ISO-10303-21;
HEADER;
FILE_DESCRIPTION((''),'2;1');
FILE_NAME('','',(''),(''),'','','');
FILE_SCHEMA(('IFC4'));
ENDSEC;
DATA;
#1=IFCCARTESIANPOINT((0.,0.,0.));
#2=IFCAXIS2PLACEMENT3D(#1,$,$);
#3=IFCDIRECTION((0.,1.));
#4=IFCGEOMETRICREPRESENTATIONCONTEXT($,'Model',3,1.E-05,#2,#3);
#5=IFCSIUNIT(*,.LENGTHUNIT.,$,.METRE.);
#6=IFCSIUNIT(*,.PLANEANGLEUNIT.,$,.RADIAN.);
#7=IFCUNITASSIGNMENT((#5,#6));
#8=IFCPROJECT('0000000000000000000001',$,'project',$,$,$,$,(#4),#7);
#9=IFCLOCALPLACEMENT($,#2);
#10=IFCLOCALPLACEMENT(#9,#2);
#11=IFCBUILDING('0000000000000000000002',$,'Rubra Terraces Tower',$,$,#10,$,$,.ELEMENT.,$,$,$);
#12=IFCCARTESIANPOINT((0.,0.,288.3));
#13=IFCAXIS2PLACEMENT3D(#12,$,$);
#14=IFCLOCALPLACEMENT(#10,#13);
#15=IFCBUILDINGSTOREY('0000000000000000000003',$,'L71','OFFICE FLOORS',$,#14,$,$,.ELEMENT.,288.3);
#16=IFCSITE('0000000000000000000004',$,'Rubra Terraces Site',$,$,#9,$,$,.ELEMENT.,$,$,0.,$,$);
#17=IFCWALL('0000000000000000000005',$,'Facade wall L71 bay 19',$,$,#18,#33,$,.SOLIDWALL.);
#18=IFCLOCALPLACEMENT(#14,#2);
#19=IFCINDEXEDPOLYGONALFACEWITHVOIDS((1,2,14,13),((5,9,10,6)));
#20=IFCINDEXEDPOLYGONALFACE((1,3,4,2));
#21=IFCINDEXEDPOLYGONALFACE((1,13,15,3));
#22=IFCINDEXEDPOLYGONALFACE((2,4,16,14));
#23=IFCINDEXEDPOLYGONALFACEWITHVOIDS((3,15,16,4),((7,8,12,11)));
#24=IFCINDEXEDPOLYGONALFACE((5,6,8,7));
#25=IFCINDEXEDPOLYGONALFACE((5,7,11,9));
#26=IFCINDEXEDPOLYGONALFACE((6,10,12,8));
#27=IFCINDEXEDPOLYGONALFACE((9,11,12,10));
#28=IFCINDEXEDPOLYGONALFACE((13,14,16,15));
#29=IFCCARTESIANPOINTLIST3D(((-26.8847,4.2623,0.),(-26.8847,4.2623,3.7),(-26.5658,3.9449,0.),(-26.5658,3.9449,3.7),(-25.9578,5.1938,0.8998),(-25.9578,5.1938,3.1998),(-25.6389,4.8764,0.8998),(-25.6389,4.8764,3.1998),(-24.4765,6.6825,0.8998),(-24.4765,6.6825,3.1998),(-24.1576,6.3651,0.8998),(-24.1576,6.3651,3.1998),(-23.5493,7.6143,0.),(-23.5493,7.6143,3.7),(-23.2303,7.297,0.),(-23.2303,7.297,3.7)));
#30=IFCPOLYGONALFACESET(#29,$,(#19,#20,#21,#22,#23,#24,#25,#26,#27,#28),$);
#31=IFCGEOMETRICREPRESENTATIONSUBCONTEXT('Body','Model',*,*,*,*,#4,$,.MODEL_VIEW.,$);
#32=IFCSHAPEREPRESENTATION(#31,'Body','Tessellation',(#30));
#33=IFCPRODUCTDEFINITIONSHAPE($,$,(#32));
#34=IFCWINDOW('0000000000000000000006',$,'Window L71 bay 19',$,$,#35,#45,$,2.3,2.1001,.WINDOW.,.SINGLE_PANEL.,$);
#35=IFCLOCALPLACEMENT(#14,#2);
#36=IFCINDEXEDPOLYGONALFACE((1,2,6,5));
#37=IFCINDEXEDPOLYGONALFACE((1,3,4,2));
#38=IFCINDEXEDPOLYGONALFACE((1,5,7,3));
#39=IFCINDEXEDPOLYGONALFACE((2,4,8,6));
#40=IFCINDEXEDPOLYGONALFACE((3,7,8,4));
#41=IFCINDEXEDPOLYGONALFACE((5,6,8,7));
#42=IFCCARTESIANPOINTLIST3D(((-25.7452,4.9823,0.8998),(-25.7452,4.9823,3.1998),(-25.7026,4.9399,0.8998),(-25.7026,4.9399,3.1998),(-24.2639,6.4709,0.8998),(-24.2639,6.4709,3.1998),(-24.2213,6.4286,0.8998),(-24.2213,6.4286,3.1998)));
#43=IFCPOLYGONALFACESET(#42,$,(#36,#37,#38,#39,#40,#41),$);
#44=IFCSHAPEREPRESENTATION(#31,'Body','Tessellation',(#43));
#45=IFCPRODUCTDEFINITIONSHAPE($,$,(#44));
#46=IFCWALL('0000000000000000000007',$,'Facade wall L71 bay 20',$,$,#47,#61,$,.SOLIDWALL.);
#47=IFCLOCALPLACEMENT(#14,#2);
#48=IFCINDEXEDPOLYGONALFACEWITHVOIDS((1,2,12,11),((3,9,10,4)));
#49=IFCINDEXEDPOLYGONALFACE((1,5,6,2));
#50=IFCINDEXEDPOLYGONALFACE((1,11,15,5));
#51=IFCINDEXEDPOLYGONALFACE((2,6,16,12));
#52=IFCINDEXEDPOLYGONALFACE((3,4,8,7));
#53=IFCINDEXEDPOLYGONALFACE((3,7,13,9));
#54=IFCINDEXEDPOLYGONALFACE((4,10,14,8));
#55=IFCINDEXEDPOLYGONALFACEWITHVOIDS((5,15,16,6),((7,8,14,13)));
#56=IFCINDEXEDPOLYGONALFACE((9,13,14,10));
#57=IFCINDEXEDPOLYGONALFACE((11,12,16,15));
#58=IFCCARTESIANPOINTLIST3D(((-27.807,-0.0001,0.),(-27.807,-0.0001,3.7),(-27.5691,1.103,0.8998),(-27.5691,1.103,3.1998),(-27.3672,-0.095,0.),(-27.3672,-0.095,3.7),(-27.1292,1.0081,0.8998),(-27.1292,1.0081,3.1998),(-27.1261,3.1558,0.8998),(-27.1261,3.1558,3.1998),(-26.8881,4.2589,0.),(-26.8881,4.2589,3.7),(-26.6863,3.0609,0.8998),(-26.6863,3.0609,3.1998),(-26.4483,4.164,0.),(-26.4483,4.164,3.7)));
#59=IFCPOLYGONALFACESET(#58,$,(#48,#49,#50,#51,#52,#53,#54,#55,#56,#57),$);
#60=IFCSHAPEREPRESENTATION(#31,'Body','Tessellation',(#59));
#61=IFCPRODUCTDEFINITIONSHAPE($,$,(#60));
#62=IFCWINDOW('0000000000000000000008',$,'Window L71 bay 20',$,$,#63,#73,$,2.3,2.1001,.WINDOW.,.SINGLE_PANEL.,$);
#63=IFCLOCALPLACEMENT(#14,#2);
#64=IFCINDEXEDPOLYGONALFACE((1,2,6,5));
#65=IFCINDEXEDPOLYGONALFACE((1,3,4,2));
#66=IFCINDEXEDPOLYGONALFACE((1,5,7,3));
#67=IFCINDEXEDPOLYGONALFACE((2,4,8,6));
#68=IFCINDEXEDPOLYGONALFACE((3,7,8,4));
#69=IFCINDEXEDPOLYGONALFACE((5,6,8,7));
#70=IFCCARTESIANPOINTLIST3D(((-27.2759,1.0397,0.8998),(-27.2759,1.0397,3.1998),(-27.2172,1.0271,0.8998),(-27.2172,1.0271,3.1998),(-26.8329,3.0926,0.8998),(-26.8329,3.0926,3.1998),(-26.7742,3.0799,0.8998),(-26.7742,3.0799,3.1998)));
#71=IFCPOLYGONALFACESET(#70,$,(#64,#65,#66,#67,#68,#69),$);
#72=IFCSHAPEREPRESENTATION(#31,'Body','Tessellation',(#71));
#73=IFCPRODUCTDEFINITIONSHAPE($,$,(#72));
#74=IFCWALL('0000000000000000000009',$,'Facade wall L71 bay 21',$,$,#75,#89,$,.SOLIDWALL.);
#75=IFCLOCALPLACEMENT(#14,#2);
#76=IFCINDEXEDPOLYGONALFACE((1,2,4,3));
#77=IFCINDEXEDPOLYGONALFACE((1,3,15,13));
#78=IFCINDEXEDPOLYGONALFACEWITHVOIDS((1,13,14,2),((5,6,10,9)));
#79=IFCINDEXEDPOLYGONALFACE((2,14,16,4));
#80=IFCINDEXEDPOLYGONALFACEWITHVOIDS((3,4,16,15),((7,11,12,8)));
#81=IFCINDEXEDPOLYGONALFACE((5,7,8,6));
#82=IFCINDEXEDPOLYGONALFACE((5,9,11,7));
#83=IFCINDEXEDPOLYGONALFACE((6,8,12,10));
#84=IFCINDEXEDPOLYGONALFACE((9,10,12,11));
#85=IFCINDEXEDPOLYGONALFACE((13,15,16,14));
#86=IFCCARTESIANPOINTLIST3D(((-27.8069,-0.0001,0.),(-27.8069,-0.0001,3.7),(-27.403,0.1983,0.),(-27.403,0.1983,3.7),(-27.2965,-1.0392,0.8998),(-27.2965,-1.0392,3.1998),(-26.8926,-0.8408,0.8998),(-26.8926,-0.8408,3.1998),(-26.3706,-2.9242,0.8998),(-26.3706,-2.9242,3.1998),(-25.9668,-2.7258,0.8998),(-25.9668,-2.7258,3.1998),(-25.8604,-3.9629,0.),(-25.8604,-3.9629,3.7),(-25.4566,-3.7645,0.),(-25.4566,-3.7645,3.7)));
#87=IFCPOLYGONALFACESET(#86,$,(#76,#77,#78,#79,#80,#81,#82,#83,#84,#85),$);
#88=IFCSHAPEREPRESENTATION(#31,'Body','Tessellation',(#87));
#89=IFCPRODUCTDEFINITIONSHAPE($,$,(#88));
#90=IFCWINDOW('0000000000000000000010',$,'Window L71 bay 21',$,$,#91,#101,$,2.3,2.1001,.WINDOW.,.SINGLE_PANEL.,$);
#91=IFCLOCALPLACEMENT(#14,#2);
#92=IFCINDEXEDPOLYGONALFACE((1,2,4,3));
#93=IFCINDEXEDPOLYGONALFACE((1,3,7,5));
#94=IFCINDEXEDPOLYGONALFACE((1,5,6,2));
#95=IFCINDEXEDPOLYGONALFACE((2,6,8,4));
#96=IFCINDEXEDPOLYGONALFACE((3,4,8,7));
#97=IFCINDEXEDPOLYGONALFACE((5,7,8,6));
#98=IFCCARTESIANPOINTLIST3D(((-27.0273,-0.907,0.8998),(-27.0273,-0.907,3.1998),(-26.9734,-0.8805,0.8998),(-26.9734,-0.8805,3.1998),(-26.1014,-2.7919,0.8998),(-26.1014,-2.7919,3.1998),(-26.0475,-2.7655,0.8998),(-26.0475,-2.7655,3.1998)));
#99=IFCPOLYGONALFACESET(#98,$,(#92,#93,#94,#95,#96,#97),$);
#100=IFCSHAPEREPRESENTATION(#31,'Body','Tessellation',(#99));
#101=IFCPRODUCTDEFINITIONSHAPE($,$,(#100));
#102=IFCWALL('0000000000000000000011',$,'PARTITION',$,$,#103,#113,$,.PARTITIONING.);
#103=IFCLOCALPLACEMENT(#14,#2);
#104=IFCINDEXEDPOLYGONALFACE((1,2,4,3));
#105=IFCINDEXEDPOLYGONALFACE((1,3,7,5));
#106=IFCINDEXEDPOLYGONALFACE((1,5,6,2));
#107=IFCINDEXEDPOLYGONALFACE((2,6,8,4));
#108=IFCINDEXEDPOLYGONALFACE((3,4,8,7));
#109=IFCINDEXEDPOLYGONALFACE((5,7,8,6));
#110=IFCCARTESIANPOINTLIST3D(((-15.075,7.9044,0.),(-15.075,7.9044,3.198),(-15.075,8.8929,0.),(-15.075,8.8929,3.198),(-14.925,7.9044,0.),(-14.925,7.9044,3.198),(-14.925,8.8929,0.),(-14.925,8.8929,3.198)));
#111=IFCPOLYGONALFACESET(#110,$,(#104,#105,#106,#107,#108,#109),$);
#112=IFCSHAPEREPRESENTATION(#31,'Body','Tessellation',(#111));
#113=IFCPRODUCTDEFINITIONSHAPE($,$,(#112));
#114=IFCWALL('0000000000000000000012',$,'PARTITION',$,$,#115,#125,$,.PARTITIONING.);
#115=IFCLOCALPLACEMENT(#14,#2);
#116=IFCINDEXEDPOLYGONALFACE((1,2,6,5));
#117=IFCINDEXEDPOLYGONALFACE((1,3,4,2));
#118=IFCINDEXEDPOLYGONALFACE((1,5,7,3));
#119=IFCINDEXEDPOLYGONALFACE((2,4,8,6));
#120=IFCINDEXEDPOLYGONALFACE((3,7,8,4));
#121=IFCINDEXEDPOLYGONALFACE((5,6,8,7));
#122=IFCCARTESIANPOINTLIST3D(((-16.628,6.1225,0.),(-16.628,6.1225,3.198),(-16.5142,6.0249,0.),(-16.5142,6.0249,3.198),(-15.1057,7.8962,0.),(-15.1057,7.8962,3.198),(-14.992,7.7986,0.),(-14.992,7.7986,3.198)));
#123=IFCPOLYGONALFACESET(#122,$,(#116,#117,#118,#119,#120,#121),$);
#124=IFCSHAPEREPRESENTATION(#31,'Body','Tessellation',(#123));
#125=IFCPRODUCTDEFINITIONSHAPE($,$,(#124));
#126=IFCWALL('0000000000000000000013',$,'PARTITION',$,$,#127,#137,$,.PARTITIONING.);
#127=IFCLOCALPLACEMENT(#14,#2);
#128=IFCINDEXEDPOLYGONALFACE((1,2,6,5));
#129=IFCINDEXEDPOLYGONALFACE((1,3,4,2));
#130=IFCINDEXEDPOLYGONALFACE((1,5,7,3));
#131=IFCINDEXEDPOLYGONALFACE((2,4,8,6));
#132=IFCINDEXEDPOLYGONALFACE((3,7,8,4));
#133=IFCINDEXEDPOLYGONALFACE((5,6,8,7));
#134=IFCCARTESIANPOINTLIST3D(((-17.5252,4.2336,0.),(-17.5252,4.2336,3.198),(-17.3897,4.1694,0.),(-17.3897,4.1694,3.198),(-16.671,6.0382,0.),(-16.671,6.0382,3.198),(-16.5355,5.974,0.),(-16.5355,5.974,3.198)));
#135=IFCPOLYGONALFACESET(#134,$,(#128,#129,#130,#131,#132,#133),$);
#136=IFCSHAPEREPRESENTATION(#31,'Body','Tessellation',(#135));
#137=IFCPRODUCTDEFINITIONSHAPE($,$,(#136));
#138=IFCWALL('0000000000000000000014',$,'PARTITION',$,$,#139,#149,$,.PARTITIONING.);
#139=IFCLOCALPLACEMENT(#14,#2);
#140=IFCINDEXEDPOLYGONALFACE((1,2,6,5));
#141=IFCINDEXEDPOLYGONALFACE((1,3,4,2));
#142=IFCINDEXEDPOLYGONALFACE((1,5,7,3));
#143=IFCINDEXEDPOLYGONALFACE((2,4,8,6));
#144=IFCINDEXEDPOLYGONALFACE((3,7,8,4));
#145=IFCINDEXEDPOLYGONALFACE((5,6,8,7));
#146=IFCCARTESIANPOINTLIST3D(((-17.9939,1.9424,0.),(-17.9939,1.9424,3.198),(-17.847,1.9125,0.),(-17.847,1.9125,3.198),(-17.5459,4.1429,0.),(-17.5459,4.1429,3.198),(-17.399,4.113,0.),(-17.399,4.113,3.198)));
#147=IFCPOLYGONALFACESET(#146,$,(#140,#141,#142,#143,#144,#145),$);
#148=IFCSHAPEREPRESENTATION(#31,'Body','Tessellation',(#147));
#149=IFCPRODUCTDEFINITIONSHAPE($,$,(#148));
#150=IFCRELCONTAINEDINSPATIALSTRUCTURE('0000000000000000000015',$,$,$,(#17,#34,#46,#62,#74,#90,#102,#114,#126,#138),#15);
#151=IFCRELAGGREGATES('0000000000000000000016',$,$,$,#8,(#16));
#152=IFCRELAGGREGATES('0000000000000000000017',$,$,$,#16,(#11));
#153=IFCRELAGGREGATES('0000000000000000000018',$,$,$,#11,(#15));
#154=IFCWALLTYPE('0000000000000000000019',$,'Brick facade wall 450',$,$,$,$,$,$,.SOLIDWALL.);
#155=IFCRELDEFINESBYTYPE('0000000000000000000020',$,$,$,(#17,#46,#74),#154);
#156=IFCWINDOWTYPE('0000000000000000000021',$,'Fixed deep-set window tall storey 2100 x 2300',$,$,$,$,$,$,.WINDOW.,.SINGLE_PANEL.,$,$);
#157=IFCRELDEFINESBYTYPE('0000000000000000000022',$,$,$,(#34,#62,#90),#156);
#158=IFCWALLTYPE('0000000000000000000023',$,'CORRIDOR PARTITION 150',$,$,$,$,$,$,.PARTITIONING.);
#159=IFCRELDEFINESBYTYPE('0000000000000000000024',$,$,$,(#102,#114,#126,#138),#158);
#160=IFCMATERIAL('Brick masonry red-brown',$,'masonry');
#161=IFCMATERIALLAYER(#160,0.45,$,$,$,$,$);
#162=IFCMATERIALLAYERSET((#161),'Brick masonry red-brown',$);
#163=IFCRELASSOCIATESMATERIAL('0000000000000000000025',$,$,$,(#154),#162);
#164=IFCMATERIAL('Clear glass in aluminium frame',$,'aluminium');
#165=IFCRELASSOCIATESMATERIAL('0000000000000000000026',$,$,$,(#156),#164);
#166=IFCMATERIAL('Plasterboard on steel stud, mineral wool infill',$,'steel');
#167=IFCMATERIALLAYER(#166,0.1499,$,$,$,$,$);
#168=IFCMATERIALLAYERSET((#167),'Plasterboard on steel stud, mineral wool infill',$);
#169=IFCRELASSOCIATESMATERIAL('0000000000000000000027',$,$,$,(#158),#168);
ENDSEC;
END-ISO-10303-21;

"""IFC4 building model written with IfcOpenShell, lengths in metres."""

from ifc_helpers import new_model, si_unit, direction, frame, frame_2d, origin, place, context, subcontext, project, spatial, rectangle, extrude, material, layer, layer_set, type_object, element, fill, save


model = new_model("IFC4")

# Units and contexts
model_context = context("Model", 3, precision=1e-05, world=origin(), true_north=direction((0.0, 1.0)))
body_context = subcontext(model_context, "Body", "Model", "MODEL_VIEW")
ifc_project = project(units=[si_unit("LENGTHUNIT", "METRE"), si_unit("PLANEANGLEUNIT", "RADIAN")], contexts=[model_context])

# Site, building, storey
site_placement = place(None, origin())
site = spatial("IfcSite", under=ifc_project, at=site_placement, Name="Rubra Terraces Site", CompositionType="ELEMENT", RefElevation=0.0)
building_placement = place(site_placement, origin())
building = spatial("IfcBuilding", under=site, at=building_placement, Name="Rubra Terraces Tower", CompositionType="ELEMENT")
storey_placement = place(building_placement, frame((0.0, 0.0, 288.3)))
storey = spatial("IfcBuildingStorey", under=building, at=storey_placement, Name="L71", Description="OFFICE FLOORS", CompositionType="ELEMENT", Elevation=288.3)

# Walls, openings, windows
ifc_material_1 = material(Name="Brick masonry red-brown", Category="masonry")
ifc_layer_1 = layer(ifc_material_1, 0.45)
ifc_layer_set_1 = layer_set([ifc_layer_1], Name="Brick masonry red-brown")
wall_type_1 = type_object("IfcWallType", Name="Brick facade wall 450", PredefinedType="SOLIDWALL", material=ifc_layer_set_1)
wall_1_placement = place(storey_placement, frame((-23.3899, 7.4556, 0.0), z_axis=(0.0, 0.0, 1.0), x_axis=(-0.705349, -0.70886, 0.0)))
wall_1 = element("IfcWall", 1, at=wall_1_placement, inside=storey, type_object=wall_type_1, Name="Facade wall L71 bay 19", PredefinedType="SOLIDWALL", context=body_context, shape_type="SweptSolid", body=[
    extrude(rectangle(XDim=4.7288, YDim=0.45, at=frame_2d((2.3643, 0.0))), origin(), (0.0, 0.0, 1.0), 3.7),
])
opening_1_placement = place(wall_1_placement, frame((1.3145, 0.0, 0.8999)))
opening_1 = element("IfcOpeningElement", 2, at=opening_1_placement, cuts=wall_1, PredefinedType="OPENING", context=body_context, shape_type="SweptSolid", body=[
    extrude(rectangle(XDim=2.1001, YDim=2.3, at=frame_2d((1.05, 1.1499))), frame((0.0, 0.2349, 0.0), z_axis=(0.0, -1.0, 0.0), x_axis=(1.0, 0.0, 0.0)), (0.0, 0.0, 1.0), 0.47),
])
ifc_material_2 = material(Name="Clear glass in aluminium frame", Category="aluminium")
window_type = type_object("IfcWindowType", Name="Fixed deep-set window tall storey 2100 x 2300", PartitioningType="SINGLE_PANEL", PredefinedType="WINDOW", material=ifc_material_2)
window_1_placement = place(opening_1_placement, origin())
window_1 = element("IfcWindow", 3, at=window_1_placement, inside=storey, type_object=window_type, Name="Window L71 bay 19", OverallHeight=2.3, OverallWidth=2.1001, PartitioningType="SINGLE_PANEL", PredefinedType="WINDOW", context=body_context, shape_type="SweptSolid", body=[
    extrude(rectangle(XDim=2.1001, YDim=2.3, at=frame_2d((1.05, 1.1499))), frame((0.0, 0.135, 0.0), z_axis=(0.0, -1.0, 0.0), x_axis=(1.0, 0.0, 0.0)), (0.0, 0.0, 1.0), 0.0601),
])
fill(opening_1, window_1)
wall_2_placement = place(storey_placement, frame((-26.6682, 4.2114, 0.0), z_axis=(0.0, 0.0, 1.0), x_axis=(-0.21091, -0.977505, 0.0)))
wall_2 = element("IfcWall", 4, at=wall_2_placement, inside=storey, type_object=wall_type_1, Name="Facade wall L71 bay 20", PredefinedType="SOLIDWALL", context=body_context, shape_type="SweptSolid", body=[
    extrude(rectangle(XDim=4.3569, YDim=0.45, at=frame_2d((2.1785, 0.0))), origin(), (0.0, 0.0, 1.0), 3.7),
])
opening_2_placement = place(wall_2_placement, frame((1.1284, 0.0, 0.8999)))
opening_2 = element("IfcOpeningElement", 5, at=opening_2_placement, cuts=wall_2, PredefinedType="OPENING", context=body_context, shape_type="SweptSolid", body=[
    extrude(rectangle(XDim=2.1001, YDim=2.3, at=frame_2d((1.05, 1.1499))), frame((0.0, 0.2349, 0.0), z_axis=(0.0, -1.0, 0.0), x_axis=(1.0, 0.0, 0.0)), (0.0, 0.0, 1.0), 0.47),
])
window_2_placement = place(opening_2_placement, origin())
window_2 = element("IfcWindow", 6, at=window_2_placement, inside=storey, type_object=window_type, Name="Window L71 bay 20", OverallHeight=2.3, OverallWidth=2.1001, PartitioningType="SINGLE_PANEL", PredefinedType="WINDOW", context=body_context, shape_type="SweptSolid", body=[
    extrude(rectangle(XDim=2.1001, YDim=2.3, at=frame_2d((1.05, 1.1499))), frame((0.0, 0.135, 0.0), z_axis=(0.0, -1.0, 0.0), x_axis=(1.0, 0.0, 0.0)), (0.0, 0.0, 1.0), 0.0601),
])
fill(opening_2, window_2)
wall_3_placement = place(storey_placement, frame((-27.605, 0.0991, 0.0), z_axis=(0.0, 0.0, 1.0), x_axis=(0.440877, -0.897568, 0.0)))
wall_3 = element("IfcWall", 7, at=wall_3_placement, inside=storey, type_object=wall_type_1, Name="Facade wall L71 bay 21", PredefinedType="SOLIDWALL", context=body_context, shape_type="SweptSolid", body=[
    extrude(rectangle(XDim=4.415, YDim=0.45, at=frame_2d((2.2075, 0.0))), origin(), (0.0, 0.0, 1.0), 3.7),
])
opening_3_placement = place(wall_3_placement, frame((1.1577, 0.0, 0.8999)))
opening_3 = element("IfcOpeningElement", 8, at=opening_3_placement, cuts=wall_3, PredefinedType="OPENING", context=body_context, shape_type="SweptSolid", body=[
    extrude(rectangle(XDim=2.1001, YDim=2.3, at=frame_2d((1.05, 1.1499))), frame((0.0, 0.2349, 0.0), z_axis=(0.0, -1.0, 0.0), x_axis=(1.0, 0.0, 0.0)), (0.0, 0.0, 1.0), 0.47),
])
window_3_placement = place(opening_3_placement, origin())
window_3 = element("IfcWindow", 9, at=window_3_placement, inside=storey, type_object=window_type, Name="Window L71 bay 21", OverallHeight=2.3, OverallWidth=2.1001, PartitioningType="SINGLE_PANEL", PredefinedType="WINDOW", context=body_context, shape_type="SweptSolid", body=[
    extrude(rectangle(XDim=2.1001, YDim=2.3, at=frame_2d((1.05, 1.1499))), frame((0.0, 0.135, 0.0), z_axis=(0.0, -1.0, 0.0), x_axis=(1.0, 0.0, 0.0)), (0.0, 0.0, 1.0), 0.0601),
])
fill(opening_3, window_3)

# Walls
ifc_material_3 = material(Name="Plasterboard on steel stud, mineral wool infill", Category="steel")
ifc_layer_2 = layer(ifc_material_3, 0.1499)
ifc_layer_set_2 = layer_set([ifc_layer_2], Name="Plasterboard on steel stud, mineral wool infill")
wall_type_2 = type_object("IfcWallType", Name="CORRIDOR PARTITION 150", PredefinedType="PARTITIONING", material=ifc_layer_set_2)
wall_4_placement = place(storey_placement, frame((-15.0, 8.8928, 0.0), z_axis=(0.0, 0.0, 1.0), x_axis=(0.0, -1.0, 0.0)))
element("IfcWall", 10, at=wall_4_placement, inside=storey, type_object=wall_type_2, Name="PARTITION", PredefinedType="PARTITIONING", context=body_context, shape_type="SweptSolid", body=[
    extrude(rectangle(XDim=0.9885, YDim=0.1499, at=frame_2d((0.4941, 0.0))), origin(), (0.0, 0.0, 1.0), 3.198),
])
wall_5_placement = place(storey_placement, frame((-15.0488, 7.8474, 0.0), z_axis=(0.0, 0.0, 1.0), x_axis=(-0.651264, -0.758851, 0.0)))
element("IfcWall", 11, at=wall_5_placement, inside=storey, type_object=wall_type_2, Name="PARTITION", PredefinedType="PARTITIONING", context=body_context, shape_type="SweptSolid", body=[
    extrude(rectangle(XDim=2.3374, YDim=0.1499, at=frame_2d((1.1687, 0.0))), origin(), (0.0, 0.0, 1.0), 3.198),
])
wall_6_placement = place(storey_placement, frame((-16.6033, 6.0061, 0.0), z_axis=(0.0, 0.0, 1.0), x_axis=(-0.427839, -0.903855, 0.0)))
element("IfcWall", 12, at=wall_6_placement, inside=storey, type_object=wall_type_2, Name="PARTITION", PredefinedType="PARTITIONING", context=body_context, shape_type="SweptSolid", body=[
    extrude(rectangle(XDim=1.9966, YDim=0.1499, at=frame_2d((0.9983, 0.0))), origin(), (0.0, 0.0, 1.0), 3.198),
])
wall_7_placement = place(storey_placement, frame((-17.4724, 4.1279, 0.0), z_axis=(0.0, 0.0, 1.0), x_axis=(-0.199502, -0.979897, 0.0)))
element("IfcWall", 13, at=wall_7_placement, inside=storey, type_object=wall_type_2, Name="PARTITION", PredefinedType="PARTITIONING", context=body_context, shape_type="SweptSolid", body=[
    extrude(rectangle(XDim=2.2456, YDim=0.1499, at=frame_2d((1.1228, 0.0))), origin(), (0.0, 0.0, 1.0), 3.198),
])

save(model, "model.ifc")
